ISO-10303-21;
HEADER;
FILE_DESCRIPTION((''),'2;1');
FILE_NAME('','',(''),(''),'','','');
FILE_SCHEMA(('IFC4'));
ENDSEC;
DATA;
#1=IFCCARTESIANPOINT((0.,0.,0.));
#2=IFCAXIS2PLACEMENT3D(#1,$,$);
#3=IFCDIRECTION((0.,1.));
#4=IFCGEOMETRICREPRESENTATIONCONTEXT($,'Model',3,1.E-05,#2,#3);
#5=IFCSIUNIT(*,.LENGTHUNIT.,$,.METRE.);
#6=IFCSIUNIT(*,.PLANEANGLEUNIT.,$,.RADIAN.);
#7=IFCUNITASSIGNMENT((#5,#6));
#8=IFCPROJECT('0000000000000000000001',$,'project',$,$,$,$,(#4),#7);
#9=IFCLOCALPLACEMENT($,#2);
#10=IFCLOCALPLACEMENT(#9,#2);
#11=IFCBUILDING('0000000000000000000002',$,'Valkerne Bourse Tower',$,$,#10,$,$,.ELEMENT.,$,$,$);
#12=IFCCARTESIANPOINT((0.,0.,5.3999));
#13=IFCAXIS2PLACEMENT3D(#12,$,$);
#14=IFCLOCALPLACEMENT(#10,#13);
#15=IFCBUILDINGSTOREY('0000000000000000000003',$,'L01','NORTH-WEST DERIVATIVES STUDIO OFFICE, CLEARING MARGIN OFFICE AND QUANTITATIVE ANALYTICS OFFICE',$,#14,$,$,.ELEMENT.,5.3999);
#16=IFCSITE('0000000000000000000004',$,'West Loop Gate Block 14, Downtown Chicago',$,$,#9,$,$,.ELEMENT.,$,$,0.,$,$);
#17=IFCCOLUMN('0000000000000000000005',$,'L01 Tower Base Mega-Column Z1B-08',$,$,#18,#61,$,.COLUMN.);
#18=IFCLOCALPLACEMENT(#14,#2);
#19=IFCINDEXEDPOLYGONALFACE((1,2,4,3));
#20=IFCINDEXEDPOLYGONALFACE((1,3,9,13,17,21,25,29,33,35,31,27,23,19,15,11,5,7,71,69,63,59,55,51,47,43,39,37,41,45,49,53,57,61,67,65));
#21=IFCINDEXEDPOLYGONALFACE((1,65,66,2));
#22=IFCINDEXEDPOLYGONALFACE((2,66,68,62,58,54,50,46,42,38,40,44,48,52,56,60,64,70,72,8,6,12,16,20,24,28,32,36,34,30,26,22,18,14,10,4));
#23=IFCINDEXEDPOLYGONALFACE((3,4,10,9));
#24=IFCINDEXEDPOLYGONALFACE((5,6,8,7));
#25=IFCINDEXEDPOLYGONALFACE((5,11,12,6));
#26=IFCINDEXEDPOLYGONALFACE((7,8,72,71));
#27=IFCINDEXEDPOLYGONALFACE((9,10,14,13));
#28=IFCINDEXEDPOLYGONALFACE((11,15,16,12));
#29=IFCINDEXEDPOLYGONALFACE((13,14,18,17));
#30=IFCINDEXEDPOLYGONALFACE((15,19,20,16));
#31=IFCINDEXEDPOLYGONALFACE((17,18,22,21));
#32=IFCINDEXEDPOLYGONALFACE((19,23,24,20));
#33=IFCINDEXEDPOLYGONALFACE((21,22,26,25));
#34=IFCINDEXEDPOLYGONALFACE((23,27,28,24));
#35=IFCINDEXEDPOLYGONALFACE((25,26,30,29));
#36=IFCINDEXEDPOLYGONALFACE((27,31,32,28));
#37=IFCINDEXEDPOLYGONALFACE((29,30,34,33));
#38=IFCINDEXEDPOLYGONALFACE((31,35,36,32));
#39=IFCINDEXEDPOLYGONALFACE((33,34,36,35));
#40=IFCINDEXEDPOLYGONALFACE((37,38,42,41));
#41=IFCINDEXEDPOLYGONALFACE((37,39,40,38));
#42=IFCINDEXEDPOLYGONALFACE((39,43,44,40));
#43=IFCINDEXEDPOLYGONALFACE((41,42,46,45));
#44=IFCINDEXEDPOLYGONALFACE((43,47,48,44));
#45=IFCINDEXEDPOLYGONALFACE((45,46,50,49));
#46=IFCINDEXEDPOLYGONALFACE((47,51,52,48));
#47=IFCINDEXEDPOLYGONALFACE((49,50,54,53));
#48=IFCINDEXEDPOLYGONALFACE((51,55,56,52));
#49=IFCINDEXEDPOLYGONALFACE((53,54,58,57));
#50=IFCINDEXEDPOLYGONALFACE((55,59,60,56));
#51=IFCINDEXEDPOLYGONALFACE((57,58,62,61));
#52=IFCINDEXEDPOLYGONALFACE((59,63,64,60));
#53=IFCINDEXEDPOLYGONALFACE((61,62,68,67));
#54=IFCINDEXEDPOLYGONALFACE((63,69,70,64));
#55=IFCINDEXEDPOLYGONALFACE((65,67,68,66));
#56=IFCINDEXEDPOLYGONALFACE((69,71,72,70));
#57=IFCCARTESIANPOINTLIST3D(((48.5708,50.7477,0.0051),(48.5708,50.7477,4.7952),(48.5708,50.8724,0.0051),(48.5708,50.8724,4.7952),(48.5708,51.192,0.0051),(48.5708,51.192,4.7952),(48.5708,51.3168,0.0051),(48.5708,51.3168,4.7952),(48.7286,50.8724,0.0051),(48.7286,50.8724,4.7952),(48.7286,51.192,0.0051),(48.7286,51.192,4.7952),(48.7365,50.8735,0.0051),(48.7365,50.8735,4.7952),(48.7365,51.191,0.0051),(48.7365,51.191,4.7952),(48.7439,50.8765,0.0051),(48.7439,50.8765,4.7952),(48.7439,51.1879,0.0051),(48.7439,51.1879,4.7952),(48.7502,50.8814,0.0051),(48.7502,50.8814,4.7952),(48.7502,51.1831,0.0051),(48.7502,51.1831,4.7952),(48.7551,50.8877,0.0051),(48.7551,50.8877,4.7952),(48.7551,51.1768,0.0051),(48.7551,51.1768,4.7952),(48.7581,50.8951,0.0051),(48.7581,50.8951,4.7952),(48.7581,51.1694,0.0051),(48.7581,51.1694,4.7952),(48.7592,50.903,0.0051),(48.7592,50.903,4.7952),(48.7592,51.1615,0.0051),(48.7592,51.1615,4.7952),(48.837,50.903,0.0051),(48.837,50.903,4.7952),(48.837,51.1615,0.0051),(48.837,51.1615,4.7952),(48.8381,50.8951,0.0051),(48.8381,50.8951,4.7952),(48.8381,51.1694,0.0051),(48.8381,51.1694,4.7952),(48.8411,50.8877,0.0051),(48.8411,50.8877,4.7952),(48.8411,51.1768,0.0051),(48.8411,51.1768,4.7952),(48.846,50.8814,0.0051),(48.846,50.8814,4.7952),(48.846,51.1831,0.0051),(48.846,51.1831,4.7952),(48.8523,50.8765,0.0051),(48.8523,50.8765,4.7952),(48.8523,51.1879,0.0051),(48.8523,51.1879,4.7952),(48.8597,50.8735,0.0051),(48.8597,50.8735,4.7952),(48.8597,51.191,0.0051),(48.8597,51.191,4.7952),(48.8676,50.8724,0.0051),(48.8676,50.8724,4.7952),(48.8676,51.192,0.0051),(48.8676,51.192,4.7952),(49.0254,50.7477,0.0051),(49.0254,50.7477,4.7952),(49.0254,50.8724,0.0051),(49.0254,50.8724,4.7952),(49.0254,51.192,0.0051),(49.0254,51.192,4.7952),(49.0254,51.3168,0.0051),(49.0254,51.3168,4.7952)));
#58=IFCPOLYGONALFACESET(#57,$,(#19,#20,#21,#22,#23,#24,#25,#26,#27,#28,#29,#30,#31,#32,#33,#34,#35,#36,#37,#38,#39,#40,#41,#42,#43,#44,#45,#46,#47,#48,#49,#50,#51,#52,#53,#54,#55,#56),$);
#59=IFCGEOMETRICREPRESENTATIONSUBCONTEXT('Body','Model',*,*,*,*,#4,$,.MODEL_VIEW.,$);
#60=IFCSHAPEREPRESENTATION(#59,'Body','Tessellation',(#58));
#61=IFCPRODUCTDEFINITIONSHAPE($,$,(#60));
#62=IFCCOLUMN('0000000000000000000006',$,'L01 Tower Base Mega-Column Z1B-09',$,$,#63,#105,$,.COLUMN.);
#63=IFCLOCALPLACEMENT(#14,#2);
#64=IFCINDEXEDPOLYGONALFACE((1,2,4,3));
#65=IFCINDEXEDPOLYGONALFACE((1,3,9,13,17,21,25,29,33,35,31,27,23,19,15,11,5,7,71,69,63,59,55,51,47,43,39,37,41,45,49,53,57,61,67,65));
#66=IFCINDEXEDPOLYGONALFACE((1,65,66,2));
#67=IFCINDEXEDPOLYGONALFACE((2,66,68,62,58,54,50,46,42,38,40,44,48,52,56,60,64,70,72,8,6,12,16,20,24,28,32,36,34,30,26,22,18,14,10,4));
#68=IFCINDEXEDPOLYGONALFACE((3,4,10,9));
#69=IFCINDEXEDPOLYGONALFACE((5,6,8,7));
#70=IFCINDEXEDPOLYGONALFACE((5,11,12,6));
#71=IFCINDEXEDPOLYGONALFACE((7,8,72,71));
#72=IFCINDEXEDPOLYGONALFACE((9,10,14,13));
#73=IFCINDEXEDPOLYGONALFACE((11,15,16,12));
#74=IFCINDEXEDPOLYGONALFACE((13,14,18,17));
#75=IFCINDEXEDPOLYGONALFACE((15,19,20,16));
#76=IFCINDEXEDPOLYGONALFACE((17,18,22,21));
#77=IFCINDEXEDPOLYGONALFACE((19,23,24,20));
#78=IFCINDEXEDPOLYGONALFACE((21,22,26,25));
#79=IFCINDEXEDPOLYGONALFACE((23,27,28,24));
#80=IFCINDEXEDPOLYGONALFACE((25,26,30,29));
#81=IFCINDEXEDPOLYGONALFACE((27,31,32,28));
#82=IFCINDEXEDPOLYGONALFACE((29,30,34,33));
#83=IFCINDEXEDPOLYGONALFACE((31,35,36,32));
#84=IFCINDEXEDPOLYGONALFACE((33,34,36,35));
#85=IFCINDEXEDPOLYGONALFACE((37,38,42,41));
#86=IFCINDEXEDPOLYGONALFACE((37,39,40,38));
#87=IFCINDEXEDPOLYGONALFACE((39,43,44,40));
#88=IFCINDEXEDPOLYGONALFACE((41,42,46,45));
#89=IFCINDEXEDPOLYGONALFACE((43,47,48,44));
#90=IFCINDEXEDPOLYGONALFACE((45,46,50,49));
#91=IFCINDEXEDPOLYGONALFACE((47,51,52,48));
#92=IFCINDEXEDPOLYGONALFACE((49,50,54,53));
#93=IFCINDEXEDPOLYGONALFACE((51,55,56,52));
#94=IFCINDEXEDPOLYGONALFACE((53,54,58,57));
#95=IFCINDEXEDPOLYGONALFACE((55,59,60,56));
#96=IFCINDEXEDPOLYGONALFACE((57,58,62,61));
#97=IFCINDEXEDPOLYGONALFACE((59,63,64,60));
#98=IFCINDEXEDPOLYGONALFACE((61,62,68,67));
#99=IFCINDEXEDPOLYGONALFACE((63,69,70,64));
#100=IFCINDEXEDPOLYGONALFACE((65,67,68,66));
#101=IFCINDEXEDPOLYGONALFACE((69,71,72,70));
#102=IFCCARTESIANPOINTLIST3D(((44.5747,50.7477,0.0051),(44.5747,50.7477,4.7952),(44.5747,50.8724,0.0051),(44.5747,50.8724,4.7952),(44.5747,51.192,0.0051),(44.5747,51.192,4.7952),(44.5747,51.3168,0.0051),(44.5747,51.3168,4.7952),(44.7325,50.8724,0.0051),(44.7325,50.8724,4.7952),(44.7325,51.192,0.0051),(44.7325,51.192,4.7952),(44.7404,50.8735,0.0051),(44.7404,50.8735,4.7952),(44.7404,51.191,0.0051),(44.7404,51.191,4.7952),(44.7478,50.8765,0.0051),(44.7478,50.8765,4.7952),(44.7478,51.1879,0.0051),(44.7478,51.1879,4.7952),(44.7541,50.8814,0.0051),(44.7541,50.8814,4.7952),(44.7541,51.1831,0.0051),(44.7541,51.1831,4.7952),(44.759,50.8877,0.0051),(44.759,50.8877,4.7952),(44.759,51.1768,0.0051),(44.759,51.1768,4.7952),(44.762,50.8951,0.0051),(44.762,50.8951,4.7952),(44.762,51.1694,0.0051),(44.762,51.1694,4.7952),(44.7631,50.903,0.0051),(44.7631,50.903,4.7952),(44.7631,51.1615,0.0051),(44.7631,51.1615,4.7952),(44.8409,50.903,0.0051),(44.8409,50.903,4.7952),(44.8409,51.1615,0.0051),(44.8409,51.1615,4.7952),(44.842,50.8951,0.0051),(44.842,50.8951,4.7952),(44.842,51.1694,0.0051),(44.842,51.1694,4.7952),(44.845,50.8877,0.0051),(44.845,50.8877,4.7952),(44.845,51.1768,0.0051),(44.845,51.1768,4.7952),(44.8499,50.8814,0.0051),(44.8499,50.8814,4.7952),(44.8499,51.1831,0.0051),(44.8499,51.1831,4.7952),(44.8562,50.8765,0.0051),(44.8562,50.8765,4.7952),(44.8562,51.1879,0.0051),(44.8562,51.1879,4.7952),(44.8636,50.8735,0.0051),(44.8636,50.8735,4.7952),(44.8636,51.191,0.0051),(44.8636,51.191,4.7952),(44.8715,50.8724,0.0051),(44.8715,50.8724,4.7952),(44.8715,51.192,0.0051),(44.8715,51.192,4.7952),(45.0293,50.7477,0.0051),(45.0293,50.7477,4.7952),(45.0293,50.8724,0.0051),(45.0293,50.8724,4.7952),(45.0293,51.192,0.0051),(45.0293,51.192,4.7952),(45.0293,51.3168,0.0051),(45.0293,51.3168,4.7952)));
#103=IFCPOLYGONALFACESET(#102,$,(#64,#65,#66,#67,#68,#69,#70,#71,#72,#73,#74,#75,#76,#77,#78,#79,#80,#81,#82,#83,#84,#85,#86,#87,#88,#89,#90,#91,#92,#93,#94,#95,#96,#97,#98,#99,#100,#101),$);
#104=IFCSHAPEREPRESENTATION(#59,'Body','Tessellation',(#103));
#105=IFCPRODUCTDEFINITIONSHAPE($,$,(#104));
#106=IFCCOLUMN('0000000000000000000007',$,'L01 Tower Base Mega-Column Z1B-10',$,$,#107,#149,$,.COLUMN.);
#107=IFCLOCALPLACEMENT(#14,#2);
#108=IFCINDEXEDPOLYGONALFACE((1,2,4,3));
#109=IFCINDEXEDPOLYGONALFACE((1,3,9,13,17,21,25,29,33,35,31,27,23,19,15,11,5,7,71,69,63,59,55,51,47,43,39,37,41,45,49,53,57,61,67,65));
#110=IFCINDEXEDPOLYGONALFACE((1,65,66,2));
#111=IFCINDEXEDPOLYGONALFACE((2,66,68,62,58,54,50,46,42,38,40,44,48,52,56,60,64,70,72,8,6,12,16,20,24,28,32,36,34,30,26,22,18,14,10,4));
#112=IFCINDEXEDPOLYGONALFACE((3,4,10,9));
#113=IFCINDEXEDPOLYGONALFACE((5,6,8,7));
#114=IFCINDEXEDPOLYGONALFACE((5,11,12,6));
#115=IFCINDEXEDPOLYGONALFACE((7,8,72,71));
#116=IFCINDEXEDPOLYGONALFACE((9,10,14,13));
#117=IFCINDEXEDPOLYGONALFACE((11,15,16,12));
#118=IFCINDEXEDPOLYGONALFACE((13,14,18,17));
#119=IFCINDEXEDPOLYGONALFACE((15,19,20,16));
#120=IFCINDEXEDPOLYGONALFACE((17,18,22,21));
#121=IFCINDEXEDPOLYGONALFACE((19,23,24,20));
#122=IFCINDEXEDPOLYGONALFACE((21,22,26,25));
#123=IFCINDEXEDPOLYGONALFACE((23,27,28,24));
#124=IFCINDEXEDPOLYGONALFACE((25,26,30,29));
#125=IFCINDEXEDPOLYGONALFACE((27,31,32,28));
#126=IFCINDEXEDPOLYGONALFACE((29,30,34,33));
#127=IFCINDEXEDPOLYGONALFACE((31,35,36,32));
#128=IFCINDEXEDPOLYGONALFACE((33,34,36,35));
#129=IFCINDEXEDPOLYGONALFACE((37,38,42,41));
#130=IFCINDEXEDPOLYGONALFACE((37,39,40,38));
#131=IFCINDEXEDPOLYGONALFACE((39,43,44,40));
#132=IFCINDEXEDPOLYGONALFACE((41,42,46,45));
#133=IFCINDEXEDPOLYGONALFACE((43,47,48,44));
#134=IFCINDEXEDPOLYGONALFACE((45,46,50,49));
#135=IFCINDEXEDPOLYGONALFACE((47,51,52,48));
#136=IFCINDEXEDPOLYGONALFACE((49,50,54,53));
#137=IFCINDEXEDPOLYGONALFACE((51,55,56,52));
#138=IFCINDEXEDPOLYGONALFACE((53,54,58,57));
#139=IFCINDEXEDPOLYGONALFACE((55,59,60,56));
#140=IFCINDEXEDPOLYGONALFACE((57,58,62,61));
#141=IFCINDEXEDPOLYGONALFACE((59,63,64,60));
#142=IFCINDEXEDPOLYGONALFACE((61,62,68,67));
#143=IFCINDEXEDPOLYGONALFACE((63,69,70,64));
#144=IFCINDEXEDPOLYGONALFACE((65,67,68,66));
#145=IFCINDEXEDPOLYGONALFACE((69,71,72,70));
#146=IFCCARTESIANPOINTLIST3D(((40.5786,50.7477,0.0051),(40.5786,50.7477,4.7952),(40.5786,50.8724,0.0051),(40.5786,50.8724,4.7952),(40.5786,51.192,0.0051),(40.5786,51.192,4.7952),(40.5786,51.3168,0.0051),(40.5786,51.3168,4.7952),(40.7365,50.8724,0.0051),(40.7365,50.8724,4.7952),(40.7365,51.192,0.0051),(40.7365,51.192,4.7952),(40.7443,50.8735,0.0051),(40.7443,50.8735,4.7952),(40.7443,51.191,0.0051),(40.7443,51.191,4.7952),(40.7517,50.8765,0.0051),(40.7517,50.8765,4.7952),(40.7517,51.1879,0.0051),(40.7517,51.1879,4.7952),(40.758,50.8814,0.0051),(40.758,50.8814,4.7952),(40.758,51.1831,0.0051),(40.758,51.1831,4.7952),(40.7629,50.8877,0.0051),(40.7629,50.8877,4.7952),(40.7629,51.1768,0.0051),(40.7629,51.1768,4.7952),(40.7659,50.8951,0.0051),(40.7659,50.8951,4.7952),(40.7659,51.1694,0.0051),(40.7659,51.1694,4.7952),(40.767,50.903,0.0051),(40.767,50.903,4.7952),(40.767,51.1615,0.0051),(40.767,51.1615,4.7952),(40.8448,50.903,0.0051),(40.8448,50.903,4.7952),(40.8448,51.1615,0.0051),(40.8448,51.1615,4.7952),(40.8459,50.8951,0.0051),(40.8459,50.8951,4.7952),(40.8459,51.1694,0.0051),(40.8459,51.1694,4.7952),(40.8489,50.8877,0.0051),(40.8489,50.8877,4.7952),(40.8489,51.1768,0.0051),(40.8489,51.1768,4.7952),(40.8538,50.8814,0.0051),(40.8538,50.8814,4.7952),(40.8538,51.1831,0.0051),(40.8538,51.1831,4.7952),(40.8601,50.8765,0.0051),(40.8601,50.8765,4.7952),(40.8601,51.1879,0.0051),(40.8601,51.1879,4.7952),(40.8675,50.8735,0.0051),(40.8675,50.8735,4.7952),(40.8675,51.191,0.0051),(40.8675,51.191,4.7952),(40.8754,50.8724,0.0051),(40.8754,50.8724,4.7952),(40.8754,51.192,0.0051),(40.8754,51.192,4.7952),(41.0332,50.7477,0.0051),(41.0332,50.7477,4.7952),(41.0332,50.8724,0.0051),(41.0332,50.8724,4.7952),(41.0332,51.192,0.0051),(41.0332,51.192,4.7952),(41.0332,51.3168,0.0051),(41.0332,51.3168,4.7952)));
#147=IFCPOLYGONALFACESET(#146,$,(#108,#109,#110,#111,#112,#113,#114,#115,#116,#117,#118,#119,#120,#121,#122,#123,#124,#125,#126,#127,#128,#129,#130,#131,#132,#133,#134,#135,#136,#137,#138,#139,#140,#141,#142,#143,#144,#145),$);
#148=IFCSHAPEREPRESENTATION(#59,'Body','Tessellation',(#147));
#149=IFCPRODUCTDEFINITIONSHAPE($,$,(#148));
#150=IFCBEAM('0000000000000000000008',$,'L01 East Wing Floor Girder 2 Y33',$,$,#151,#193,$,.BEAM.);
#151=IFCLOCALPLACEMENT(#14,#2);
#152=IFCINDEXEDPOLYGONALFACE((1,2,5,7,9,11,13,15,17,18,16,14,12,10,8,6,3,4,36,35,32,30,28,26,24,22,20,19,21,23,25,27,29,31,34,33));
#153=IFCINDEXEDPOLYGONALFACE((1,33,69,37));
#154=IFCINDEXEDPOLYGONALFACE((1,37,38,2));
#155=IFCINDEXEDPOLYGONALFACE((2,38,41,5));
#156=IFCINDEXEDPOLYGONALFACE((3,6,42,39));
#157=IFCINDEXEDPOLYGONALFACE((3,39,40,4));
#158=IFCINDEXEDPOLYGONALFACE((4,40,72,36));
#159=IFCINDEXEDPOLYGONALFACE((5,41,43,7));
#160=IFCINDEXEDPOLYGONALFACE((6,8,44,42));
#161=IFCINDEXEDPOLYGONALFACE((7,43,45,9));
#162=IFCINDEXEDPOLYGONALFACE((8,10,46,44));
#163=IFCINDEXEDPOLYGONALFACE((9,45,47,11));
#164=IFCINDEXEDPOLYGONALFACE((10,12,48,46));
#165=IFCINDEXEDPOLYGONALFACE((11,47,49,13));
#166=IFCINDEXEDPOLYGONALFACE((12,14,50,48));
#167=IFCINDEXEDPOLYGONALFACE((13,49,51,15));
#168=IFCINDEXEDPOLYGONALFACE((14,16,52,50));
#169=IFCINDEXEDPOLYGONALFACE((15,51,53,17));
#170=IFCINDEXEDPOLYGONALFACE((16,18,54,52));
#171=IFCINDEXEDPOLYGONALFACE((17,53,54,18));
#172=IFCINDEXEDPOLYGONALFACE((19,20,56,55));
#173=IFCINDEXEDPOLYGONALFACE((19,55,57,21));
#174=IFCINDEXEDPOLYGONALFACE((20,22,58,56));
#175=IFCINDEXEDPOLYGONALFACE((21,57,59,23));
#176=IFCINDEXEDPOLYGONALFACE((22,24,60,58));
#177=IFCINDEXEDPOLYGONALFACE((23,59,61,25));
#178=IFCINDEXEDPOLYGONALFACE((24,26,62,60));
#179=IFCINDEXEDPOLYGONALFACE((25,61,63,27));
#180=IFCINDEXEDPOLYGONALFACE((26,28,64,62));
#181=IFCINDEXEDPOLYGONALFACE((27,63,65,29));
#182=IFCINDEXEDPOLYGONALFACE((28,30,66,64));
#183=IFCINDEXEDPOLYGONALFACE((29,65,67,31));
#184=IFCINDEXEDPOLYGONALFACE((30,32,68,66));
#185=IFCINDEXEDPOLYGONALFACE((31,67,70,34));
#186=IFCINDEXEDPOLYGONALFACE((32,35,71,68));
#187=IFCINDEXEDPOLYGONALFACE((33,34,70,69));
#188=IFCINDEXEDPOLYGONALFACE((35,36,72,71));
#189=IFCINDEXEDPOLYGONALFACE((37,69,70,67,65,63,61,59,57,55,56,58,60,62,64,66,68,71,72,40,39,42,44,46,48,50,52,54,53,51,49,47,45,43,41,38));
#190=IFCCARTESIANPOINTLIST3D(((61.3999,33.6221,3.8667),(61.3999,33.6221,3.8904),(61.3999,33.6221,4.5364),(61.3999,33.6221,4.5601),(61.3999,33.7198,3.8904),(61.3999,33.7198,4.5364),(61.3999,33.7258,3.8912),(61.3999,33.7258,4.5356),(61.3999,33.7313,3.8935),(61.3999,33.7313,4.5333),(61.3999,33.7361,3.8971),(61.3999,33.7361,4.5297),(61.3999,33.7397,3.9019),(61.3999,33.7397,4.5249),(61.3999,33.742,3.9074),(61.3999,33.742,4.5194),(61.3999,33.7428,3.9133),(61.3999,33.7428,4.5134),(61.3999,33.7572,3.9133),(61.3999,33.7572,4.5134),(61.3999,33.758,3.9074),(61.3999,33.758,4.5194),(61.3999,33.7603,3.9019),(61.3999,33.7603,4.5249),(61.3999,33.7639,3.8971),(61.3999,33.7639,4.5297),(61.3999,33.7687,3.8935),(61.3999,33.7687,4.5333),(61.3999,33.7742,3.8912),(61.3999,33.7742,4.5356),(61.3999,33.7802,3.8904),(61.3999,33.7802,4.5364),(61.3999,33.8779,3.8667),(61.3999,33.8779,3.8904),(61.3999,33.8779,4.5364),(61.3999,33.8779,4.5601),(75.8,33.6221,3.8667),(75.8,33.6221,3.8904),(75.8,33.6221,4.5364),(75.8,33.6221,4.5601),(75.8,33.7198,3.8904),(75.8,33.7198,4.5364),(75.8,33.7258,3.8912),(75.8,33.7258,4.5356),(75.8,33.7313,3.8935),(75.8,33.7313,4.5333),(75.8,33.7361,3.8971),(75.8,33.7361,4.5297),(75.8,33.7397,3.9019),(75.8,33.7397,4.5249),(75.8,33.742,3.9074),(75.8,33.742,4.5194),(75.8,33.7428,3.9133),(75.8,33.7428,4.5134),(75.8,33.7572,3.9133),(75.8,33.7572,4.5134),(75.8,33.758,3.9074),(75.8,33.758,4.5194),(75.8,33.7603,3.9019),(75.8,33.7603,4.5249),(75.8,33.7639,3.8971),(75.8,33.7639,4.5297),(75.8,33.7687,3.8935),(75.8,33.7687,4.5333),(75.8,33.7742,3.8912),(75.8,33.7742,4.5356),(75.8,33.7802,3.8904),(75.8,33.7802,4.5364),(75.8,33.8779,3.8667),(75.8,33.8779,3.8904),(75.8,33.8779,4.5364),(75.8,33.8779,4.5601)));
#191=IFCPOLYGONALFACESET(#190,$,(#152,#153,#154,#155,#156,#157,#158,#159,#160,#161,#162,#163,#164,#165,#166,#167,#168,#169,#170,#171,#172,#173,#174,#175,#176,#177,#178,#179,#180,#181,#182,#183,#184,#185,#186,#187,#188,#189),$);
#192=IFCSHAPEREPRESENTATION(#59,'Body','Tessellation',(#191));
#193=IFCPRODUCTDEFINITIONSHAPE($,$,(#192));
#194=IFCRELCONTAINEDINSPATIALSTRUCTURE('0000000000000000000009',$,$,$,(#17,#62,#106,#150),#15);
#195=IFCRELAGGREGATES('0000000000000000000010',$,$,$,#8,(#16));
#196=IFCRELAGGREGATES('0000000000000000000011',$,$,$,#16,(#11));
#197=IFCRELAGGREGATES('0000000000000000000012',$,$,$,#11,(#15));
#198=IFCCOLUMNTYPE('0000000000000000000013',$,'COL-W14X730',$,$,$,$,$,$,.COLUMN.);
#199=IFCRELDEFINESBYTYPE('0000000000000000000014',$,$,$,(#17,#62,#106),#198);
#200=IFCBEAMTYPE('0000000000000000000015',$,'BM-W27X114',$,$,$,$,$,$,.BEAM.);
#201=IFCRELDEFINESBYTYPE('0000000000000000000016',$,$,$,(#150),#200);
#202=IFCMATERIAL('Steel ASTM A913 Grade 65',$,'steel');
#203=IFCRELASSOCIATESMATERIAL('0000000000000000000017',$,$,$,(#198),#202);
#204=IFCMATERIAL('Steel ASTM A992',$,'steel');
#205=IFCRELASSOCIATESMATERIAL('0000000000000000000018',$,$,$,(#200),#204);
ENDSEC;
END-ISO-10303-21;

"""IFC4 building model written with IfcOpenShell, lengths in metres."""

from ifc_helpers import new_model, si_unit, direction, frame, origin, origin_2d, place, context, subcontext, project, spatial, i_section, extrude, material, material_profile, profile_set, type_object, element, save


model = new_model("IFC4")

# Units and contexts
model_context = context("Model", 3, precision=1e-05, world=origin(), true_north=direction((0.0, 1.0)))
body_context = subcontext(model_context, "Body", "Model", "MODEL_VIEW")
ifc_project = project(units=[si_unit("LENGTHUNIT", "METRE"), si_unit("PLANEANGLEUNIT", "RADIAN")], contexts=[model_context])

# Site, building, storey
site_placement = place(None, origin())
site = spatial("IfcSite", under=ifc_project, at=site_placement, Name="West Loop Gate Block 14, Downtown Chicago", CompositionType="ELEMENT", RefElevation=0.0)
building_placement = place(site_placement, origin())
building = spatial("IfcBuilding", under=site, at=building_placement, Name="Valkerne Bourse Tower", CompositionType="ELEMENT")
storey_placement = place(building_placement, frame((0.0, 0.0, 5.3999)))
storey = spatial("IfcBuildingStorey", under=building, at=storey_placement, Name="L01", Description="NORTH-WEST DERIVATIVES STUDIO OFFICE, CLEARING MARGIN OFFICE AND QUANTITATIVE ANALYTICS OFFICE", CompositionType="ELEMENT", Elevation=5.3999)

# Columns
ifc_material_1 = material(Name="Steel ASTM A913 Grade 65", Category="steel")
ifc_material_profile_1 = material_profile(ifc_material_1, i_section(OverallWidth=0.4546, OverallDepth=0.5691, WebThickness=0.0779, FlangeThickness=0.1248, FilletRadius=0.0305, at=origin_2d()), Name="W14X730")
ifc_profile_set_1 = profile_set([ifc_material_profile_1], Name="Steel ASTM A913 Grade 65")
column_type_1 = type_object("IfcColumnType", Name="COL-W14X730", PredefinedType="COLUMN", material=ifc_profile_set_1)
for number, where, z_axis, x_axis, name in (
    (1, (48.7981, 51.0322, 0.0051), (0.0, 0.0, 1.0), (-1.0, 0.0, 0.0), "L01 Tower Base Mega-Column Z1B-08"),
    (2, (44.802, 51.0322, 0.0051), (0.0, 0.0, 1.0), (-1.0, 0.0, 0.0), "L01 Tower Base Mega-Column Z1B-09"),
    (3, (40.8059, 51.0322, 0.0051), (0.0, 0.0, 1.0), (-1.0, 0.0, 0.0), "L01 Tower Base Mega-Column Z1B-10"),
):
    element("IfcColumn", number, at=place(storey_placement, frame(where, z_axis=z_axis, x_axis=x_axis)), inside=storey, type_object=column_type_1, Name=name, PredefinedType="COLUMN", context=body_context, shape_type="SweptSolid", body=[
        extrude(i_section(OverallWidth=0.4546, OverallDepth=0.5691, WebThickness=0.0779, FlangeThickness=0.1248, FilletRadius=0.0305, at=origin_2d()), origin(), (0.0, 0.0, 1.0), 4.79),
    ])

# Beam
ifc_material_2 = material(Name="Steel ASTM A992", Category="steel")
ifc_material_profile_2 = material_profile(ifc_material_2, i_section(OverallWidth=0.2559, OverallDepth=0.6934, WebThickness=0.0144, FlangeThickness=0.0237, FilletRadius=0.0229, at=origin_2d()), Name="W27X114")
ifc_profile_set_2 = profile_set([ifc_material_profile_2], Name="Steel ASTM A992")
beam_type_1 = type_object("IfcBeamType", Name="BM-W27X114", PredefinedType="BEAM", material=ifc_profile_set_2)
beam_1_placement = place(storey_placement, frame((61.3999, 33.75, 4.2134), z_axis=(1.0, 0.0, 0.0), x_axis=(0.0, 1.0, 0.0)))
element("IfcBeam", 4, at=beam_1_placement, inside=storey, type_object=beam_type_1, Name="L01 East Wing Floor Girder 2 Y33", PredefinedType="BEAM", context=body_context, shape_type="SweptSolid", body=[
    extrude(i_section(OverallWidth=0.2559, OverallDepth=0.6934, WebThickness=0.0144, FlangeThickness=0.0237, FilletRadius=0.0229, at=origin_2d()), origin(), (0.0, 0.0, 1.0), 14.4001),
])

save(model, "model.ifc")
